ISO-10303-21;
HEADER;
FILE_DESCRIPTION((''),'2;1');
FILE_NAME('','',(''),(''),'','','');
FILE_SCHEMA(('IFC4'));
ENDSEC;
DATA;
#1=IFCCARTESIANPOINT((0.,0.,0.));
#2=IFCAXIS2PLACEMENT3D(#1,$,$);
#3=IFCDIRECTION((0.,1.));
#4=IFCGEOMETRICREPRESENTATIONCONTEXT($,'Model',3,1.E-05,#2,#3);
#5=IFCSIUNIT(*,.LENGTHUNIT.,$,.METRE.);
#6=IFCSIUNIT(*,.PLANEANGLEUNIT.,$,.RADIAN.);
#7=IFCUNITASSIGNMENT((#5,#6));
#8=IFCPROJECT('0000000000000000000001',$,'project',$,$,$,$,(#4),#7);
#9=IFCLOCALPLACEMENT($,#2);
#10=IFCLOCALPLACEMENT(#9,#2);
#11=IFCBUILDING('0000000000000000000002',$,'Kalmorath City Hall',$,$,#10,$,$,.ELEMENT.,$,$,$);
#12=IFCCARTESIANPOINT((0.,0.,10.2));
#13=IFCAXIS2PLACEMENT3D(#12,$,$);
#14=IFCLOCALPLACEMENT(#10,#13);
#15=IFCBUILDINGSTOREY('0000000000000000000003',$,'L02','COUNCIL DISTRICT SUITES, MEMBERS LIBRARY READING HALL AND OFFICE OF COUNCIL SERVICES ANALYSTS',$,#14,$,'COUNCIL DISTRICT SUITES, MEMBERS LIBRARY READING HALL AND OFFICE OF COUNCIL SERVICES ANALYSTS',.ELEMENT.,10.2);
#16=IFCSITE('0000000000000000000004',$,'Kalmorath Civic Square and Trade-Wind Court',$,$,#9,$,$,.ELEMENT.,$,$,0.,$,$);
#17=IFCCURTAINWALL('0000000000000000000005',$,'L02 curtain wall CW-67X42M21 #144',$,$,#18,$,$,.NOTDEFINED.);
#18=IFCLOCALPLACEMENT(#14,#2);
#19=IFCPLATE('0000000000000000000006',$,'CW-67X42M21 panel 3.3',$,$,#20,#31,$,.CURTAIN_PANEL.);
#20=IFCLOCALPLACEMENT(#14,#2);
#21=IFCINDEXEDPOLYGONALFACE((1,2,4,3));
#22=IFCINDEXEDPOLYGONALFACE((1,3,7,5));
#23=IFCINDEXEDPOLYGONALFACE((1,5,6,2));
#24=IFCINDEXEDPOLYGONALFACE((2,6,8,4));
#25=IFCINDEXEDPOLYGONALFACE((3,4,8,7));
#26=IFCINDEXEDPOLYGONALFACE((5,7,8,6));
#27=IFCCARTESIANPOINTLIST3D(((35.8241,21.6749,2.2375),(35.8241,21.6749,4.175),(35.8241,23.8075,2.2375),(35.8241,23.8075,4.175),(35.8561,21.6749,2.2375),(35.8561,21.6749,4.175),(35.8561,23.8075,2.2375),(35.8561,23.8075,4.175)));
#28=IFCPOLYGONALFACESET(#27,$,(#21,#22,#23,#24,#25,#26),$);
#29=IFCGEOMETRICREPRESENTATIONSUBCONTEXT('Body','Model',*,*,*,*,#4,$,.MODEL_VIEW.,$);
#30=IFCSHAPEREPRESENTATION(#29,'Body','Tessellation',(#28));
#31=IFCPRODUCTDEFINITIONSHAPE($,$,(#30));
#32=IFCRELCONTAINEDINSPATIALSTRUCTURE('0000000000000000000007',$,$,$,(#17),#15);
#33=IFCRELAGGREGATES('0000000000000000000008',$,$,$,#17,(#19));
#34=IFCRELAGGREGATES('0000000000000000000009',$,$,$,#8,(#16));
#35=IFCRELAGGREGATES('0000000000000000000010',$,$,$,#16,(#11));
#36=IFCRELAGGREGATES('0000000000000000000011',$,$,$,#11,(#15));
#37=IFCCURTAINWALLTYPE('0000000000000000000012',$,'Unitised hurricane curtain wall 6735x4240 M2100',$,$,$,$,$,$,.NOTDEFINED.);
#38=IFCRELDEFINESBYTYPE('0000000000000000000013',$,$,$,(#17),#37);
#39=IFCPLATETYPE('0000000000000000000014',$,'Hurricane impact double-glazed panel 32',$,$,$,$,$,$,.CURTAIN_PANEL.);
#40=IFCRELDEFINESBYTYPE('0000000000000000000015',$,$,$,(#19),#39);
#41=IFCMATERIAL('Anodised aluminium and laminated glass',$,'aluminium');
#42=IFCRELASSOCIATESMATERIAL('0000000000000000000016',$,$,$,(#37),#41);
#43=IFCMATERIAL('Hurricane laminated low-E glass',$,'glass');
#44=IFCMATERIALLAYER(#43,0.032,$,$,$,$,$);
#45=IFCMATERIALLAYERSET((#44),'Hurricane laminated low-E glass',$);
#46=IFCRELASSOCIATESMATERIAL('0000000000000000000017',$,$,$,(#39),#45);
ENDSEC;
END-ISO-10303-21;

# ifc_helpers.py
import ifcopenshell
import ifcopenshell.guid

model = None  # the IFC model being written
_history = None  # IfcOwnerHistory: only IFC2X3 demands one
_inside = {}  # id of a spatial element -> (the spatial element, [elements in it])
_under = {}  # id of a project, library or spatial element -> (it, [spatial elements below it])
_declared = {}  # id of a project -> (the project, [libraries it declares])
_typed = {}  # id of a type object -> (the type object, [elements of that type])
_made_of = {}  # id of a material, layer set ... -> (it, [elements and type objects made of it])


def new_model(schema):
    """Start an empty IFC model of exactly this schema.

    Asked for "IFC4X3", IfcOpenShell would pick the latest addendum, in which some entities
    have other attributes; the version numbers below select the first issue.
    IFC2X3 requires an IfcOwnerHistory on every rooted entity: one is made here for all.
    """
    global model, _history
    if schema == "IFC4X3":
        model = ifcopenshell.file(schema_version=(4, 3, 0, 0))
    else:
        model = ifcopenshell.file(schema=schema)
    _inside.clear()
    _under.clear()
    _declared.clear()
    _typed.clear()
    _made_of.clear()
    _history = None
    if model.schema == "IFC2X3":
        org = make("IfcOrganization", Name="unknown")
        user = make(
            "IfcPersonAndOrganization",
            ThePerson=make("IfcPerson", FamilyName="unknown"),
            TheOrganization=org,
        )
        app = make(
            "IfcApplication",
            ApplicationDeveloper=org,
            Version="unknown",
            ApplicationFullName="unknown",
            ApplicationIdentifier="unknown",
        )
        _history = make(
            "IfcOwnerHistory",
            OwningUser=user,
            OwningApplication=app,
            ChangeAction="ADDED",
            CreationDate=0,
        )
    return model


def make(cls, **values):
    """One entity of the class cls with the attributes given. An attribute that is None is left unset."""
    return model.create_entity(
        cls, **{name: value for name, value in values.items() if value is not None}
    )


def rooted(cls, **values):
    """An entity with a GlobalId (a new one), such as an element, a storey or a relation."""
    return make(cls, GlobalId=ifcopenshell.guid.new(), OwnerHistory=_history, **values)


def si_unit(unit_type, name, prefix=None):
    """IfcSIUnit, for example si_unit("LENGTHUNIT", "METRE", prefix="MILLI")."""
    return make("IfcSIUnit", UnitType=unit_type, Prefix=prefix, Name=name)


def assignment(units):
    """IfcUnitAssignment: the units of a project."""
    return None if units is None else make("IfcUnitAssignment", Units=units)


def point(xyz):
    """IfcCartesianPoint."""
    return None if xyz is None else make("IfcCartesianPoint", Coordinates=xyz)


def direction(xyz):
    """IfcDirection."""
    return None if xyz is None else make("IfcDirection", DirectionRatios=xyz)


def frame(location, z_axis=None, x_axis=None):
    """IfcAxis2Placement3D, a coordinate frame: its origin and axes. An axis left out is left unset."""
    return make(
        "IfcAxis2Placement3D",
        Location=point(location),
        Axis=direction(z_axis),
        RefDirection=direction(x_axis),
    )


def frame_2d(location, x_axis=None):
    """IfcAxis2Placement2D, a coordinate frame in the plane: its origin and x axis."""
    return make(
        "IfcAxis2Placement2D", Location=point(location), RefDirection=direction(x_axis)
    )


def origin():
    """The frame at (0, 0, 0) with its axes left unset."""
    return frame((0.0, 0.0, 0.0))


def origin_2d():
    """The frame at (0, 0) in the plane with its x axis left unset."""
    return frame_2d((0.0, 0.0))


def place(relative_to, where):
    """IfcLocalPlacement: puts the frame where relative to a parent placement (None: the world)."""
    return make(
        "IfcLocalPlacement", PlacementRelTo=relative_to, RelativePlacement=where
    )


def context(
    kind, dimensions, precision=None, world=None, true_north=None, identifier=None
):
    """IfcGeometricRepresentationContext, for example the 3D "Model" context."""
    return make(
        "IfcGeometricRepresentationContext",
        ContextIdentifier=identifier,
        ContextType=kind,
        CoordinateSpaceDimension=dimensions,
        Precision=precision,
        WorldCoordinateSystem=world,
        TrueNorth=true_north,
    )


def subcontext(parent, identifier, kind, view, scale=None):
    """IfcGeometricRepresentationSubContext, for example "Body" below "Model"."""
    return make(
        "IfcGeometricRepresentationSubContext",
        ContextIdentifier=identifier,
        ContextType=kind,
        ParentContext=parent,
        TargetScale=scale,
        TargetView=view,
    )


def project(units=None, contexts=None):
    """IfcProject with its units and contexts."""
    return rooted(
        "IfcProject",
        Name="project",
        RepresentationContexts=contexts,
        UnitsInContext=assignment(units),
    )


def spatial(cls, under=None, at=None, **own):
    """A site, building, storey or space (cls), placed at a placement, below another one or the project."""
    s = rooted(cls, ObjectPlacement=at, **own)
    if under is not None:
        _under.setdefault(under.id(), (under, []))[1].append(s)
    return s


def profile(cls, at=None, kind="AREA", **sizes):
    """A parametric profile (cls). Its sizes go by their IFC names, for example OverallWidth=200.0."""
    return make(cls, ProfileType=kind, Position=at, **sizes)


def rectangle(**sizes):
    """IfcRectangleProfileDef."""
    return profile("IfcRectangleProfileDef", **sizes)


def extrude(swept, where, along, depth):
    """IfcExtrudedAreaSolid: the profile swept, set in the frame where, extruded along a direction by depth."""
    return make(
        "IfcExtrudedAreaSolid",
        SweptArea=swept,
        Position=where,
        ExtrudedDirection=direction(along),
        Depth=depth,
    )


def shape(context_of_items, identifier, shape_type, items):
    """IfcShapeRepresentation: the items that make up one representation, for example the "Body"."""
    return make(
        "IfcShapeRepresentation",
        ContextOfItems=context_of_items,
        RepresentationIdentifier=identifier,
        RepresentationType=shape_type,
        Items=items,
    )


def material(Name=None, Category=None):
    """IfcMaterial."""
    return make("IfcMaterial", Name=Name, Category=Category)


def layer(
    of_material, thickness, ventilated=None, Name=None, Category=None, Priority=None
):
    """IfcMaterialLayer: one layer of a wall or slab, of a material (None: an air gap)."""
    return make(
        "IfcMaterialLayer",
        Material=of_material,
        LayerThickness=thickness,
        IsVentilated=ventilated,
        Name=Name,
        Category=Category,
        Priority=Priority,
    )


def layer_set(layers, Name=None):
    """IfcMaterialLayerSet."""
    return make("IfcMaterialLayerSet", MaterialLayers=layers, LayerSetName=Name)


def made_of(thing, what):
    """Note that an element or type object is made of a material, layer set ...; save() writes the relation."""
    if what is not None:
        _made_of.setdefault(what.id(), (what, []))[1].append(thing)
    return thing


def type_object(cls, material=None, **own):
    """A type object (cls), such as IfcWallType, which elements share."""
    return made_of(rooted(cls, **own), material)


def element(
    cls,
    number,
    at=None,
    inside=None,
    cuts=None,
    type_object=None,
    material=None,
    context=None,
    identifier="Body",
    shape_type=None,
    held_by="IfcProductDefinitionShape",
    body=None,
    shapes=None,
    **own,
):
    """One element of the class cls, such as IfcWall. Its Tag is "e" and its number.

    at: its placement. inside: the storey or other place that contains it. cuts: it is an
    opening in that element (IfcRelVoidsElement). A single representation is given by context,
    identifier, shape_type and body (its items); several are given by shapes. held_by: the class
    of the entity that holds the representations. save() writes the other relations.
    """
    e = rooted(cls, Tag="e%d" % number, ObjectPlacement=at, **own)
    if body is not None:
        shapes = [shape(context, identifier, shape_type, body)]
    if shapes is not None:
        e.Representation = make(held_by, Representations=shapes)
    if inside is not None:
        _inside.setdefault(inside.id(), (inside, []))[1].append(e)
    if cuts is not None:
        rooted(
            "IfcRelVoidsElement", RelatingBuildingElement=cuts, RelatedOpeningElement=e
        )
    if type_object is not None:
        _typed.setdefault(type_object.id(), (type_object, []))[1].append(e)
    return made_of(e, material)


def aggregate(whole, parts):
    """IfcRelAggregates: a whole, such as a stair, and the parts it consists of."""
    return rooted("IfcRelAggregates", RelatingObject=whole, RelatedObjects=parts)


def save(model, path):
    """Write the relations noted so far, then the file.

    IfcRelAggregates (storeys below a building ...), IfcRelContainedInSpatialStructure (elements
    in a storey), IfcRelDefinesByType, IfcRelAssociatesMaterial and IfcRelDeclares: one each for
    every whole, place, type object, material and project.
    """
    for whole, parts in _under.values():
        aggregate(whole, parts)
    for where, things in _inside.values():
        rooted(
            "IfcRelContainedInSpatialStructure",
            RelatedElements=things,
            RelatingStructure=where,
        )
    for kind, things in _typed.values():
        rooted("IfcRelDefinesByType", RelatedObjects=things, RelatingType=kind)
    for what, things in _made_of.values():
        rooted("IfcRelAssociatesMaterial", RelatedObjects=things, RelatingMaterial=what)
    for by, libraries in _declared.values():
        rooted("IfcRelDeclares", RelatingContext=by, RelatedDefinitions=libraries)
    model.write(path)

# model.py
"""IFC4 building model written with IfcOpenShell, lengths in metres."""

from ifc_helpers import new_model, si_unit, direction, frame, origin, origin_2d, place, context, subcontext, project, spatial, rectangle, extrude, material, layer, layer_set, type_object, element, aggregate, save


model = new_model("IFC4")

# Units and contexts
model_context = context("Model", 3, precision=1e-05, world=origin(), true_north=direction((0.0, 1.0)))
body_context = subcontext(model_context, "Body", "Model", "MODEL_VIEW")
ifc_project = project(units=[si_unit("LENGTHUNIT", "METRE"), si_unit("PLANEANGLEUNIT", "RADIAN")], contexts=[model_context])

# Site, building, storey
site_placement = place(None, origin())
site = spatial("IfcSite", under=ifc_project, at=site_placement, Name="Kalmorath Civic Square and Trade-Wind Court", CompositionType="ELEMENT", RefElevation=0.0)
building_placement = place(site_placement, origin())
building = spatial("IfcBuilding", under=site, at=building_placement, Name="Kalmorath City Hall", CompositionType="ELEMENT")
storey_placement = place(building_placement, frame((0.0, 0.0, 10.2)))
storey = spatial("IfcBuildingStorey", under=building, at=storey_placement, Name="L02", Description="COUNCIL DISTRICT SUITES, MEMBERS LIBRARY READING HALL AND OFFICE OF COUNCIL SERVICES ANALYSTS", LongName="COUNCIL DISTRICT SUITES, MEMBERS LIBRARY READING HALL AND OFFICE OF COUNCIL SERVICES ANALYSTS", CompositionType="ELEMENT", Elevation=10.2)

# Curtain wall
ifc_material_1 = material(Name="Anodised aluminium and laminated glass", Category="aluminium")
curtain_wall_type = type_object("IfcCurtainWallType", Name="Unitised hurricane curtain wall 6735x4240 M2100", PredefinedType="NOTDEFINED", material=ifc_material_1)
curtain_wall_placement = place(storey_placement, origin())
curtain_wall = element("IfcCurtainWall", 1, at=curtain_wall_placement, inside=storey, type_object=curtain_wall_type, Name="L02 curtain wall CW-67X42M21 #144", PredefinedType="NOTDEFINED")

# Plate
ifc_material_2 = material(Name="Hurricane laminated low-E glass", Category="glass")
ifc_layer = layer(ifc_material_2, 0.032)
ifc_layer_set = layer_set([ifc_layer], Name="Hurricane laminated low-E glass")
plate_type = type_object("IfcPlateType", Name="Hurricane impact double-glazed panel 32", PredefinedType="CURTAIN_PANEL", material=ifc_layer_set)
plate_1_placement = place(storey_placement, frame((35.8401, 22.7412, 2.2375), z_axis=(0.0, 0.0, 1.0), x_axis=(0.0, -1.0, 0.0)))
plate_1 = element("IfcPlate", 2, at=plate_1_placement, type_object=plate_type, Name="CW-67X42M21 panel 3.3", PredefinedType="CURTAIN_PANEL", context=body_context, shape_type="SweptSolid", body=[
    extrude(rectangle(XDim=2.1326, YDim=0.032, at=origin_2d()), origin(), (0.0, 0.0, 1.0), 1.9375),
])
aggregate(curtain_wall, [plate_1])

save(model, "model.ifc")
